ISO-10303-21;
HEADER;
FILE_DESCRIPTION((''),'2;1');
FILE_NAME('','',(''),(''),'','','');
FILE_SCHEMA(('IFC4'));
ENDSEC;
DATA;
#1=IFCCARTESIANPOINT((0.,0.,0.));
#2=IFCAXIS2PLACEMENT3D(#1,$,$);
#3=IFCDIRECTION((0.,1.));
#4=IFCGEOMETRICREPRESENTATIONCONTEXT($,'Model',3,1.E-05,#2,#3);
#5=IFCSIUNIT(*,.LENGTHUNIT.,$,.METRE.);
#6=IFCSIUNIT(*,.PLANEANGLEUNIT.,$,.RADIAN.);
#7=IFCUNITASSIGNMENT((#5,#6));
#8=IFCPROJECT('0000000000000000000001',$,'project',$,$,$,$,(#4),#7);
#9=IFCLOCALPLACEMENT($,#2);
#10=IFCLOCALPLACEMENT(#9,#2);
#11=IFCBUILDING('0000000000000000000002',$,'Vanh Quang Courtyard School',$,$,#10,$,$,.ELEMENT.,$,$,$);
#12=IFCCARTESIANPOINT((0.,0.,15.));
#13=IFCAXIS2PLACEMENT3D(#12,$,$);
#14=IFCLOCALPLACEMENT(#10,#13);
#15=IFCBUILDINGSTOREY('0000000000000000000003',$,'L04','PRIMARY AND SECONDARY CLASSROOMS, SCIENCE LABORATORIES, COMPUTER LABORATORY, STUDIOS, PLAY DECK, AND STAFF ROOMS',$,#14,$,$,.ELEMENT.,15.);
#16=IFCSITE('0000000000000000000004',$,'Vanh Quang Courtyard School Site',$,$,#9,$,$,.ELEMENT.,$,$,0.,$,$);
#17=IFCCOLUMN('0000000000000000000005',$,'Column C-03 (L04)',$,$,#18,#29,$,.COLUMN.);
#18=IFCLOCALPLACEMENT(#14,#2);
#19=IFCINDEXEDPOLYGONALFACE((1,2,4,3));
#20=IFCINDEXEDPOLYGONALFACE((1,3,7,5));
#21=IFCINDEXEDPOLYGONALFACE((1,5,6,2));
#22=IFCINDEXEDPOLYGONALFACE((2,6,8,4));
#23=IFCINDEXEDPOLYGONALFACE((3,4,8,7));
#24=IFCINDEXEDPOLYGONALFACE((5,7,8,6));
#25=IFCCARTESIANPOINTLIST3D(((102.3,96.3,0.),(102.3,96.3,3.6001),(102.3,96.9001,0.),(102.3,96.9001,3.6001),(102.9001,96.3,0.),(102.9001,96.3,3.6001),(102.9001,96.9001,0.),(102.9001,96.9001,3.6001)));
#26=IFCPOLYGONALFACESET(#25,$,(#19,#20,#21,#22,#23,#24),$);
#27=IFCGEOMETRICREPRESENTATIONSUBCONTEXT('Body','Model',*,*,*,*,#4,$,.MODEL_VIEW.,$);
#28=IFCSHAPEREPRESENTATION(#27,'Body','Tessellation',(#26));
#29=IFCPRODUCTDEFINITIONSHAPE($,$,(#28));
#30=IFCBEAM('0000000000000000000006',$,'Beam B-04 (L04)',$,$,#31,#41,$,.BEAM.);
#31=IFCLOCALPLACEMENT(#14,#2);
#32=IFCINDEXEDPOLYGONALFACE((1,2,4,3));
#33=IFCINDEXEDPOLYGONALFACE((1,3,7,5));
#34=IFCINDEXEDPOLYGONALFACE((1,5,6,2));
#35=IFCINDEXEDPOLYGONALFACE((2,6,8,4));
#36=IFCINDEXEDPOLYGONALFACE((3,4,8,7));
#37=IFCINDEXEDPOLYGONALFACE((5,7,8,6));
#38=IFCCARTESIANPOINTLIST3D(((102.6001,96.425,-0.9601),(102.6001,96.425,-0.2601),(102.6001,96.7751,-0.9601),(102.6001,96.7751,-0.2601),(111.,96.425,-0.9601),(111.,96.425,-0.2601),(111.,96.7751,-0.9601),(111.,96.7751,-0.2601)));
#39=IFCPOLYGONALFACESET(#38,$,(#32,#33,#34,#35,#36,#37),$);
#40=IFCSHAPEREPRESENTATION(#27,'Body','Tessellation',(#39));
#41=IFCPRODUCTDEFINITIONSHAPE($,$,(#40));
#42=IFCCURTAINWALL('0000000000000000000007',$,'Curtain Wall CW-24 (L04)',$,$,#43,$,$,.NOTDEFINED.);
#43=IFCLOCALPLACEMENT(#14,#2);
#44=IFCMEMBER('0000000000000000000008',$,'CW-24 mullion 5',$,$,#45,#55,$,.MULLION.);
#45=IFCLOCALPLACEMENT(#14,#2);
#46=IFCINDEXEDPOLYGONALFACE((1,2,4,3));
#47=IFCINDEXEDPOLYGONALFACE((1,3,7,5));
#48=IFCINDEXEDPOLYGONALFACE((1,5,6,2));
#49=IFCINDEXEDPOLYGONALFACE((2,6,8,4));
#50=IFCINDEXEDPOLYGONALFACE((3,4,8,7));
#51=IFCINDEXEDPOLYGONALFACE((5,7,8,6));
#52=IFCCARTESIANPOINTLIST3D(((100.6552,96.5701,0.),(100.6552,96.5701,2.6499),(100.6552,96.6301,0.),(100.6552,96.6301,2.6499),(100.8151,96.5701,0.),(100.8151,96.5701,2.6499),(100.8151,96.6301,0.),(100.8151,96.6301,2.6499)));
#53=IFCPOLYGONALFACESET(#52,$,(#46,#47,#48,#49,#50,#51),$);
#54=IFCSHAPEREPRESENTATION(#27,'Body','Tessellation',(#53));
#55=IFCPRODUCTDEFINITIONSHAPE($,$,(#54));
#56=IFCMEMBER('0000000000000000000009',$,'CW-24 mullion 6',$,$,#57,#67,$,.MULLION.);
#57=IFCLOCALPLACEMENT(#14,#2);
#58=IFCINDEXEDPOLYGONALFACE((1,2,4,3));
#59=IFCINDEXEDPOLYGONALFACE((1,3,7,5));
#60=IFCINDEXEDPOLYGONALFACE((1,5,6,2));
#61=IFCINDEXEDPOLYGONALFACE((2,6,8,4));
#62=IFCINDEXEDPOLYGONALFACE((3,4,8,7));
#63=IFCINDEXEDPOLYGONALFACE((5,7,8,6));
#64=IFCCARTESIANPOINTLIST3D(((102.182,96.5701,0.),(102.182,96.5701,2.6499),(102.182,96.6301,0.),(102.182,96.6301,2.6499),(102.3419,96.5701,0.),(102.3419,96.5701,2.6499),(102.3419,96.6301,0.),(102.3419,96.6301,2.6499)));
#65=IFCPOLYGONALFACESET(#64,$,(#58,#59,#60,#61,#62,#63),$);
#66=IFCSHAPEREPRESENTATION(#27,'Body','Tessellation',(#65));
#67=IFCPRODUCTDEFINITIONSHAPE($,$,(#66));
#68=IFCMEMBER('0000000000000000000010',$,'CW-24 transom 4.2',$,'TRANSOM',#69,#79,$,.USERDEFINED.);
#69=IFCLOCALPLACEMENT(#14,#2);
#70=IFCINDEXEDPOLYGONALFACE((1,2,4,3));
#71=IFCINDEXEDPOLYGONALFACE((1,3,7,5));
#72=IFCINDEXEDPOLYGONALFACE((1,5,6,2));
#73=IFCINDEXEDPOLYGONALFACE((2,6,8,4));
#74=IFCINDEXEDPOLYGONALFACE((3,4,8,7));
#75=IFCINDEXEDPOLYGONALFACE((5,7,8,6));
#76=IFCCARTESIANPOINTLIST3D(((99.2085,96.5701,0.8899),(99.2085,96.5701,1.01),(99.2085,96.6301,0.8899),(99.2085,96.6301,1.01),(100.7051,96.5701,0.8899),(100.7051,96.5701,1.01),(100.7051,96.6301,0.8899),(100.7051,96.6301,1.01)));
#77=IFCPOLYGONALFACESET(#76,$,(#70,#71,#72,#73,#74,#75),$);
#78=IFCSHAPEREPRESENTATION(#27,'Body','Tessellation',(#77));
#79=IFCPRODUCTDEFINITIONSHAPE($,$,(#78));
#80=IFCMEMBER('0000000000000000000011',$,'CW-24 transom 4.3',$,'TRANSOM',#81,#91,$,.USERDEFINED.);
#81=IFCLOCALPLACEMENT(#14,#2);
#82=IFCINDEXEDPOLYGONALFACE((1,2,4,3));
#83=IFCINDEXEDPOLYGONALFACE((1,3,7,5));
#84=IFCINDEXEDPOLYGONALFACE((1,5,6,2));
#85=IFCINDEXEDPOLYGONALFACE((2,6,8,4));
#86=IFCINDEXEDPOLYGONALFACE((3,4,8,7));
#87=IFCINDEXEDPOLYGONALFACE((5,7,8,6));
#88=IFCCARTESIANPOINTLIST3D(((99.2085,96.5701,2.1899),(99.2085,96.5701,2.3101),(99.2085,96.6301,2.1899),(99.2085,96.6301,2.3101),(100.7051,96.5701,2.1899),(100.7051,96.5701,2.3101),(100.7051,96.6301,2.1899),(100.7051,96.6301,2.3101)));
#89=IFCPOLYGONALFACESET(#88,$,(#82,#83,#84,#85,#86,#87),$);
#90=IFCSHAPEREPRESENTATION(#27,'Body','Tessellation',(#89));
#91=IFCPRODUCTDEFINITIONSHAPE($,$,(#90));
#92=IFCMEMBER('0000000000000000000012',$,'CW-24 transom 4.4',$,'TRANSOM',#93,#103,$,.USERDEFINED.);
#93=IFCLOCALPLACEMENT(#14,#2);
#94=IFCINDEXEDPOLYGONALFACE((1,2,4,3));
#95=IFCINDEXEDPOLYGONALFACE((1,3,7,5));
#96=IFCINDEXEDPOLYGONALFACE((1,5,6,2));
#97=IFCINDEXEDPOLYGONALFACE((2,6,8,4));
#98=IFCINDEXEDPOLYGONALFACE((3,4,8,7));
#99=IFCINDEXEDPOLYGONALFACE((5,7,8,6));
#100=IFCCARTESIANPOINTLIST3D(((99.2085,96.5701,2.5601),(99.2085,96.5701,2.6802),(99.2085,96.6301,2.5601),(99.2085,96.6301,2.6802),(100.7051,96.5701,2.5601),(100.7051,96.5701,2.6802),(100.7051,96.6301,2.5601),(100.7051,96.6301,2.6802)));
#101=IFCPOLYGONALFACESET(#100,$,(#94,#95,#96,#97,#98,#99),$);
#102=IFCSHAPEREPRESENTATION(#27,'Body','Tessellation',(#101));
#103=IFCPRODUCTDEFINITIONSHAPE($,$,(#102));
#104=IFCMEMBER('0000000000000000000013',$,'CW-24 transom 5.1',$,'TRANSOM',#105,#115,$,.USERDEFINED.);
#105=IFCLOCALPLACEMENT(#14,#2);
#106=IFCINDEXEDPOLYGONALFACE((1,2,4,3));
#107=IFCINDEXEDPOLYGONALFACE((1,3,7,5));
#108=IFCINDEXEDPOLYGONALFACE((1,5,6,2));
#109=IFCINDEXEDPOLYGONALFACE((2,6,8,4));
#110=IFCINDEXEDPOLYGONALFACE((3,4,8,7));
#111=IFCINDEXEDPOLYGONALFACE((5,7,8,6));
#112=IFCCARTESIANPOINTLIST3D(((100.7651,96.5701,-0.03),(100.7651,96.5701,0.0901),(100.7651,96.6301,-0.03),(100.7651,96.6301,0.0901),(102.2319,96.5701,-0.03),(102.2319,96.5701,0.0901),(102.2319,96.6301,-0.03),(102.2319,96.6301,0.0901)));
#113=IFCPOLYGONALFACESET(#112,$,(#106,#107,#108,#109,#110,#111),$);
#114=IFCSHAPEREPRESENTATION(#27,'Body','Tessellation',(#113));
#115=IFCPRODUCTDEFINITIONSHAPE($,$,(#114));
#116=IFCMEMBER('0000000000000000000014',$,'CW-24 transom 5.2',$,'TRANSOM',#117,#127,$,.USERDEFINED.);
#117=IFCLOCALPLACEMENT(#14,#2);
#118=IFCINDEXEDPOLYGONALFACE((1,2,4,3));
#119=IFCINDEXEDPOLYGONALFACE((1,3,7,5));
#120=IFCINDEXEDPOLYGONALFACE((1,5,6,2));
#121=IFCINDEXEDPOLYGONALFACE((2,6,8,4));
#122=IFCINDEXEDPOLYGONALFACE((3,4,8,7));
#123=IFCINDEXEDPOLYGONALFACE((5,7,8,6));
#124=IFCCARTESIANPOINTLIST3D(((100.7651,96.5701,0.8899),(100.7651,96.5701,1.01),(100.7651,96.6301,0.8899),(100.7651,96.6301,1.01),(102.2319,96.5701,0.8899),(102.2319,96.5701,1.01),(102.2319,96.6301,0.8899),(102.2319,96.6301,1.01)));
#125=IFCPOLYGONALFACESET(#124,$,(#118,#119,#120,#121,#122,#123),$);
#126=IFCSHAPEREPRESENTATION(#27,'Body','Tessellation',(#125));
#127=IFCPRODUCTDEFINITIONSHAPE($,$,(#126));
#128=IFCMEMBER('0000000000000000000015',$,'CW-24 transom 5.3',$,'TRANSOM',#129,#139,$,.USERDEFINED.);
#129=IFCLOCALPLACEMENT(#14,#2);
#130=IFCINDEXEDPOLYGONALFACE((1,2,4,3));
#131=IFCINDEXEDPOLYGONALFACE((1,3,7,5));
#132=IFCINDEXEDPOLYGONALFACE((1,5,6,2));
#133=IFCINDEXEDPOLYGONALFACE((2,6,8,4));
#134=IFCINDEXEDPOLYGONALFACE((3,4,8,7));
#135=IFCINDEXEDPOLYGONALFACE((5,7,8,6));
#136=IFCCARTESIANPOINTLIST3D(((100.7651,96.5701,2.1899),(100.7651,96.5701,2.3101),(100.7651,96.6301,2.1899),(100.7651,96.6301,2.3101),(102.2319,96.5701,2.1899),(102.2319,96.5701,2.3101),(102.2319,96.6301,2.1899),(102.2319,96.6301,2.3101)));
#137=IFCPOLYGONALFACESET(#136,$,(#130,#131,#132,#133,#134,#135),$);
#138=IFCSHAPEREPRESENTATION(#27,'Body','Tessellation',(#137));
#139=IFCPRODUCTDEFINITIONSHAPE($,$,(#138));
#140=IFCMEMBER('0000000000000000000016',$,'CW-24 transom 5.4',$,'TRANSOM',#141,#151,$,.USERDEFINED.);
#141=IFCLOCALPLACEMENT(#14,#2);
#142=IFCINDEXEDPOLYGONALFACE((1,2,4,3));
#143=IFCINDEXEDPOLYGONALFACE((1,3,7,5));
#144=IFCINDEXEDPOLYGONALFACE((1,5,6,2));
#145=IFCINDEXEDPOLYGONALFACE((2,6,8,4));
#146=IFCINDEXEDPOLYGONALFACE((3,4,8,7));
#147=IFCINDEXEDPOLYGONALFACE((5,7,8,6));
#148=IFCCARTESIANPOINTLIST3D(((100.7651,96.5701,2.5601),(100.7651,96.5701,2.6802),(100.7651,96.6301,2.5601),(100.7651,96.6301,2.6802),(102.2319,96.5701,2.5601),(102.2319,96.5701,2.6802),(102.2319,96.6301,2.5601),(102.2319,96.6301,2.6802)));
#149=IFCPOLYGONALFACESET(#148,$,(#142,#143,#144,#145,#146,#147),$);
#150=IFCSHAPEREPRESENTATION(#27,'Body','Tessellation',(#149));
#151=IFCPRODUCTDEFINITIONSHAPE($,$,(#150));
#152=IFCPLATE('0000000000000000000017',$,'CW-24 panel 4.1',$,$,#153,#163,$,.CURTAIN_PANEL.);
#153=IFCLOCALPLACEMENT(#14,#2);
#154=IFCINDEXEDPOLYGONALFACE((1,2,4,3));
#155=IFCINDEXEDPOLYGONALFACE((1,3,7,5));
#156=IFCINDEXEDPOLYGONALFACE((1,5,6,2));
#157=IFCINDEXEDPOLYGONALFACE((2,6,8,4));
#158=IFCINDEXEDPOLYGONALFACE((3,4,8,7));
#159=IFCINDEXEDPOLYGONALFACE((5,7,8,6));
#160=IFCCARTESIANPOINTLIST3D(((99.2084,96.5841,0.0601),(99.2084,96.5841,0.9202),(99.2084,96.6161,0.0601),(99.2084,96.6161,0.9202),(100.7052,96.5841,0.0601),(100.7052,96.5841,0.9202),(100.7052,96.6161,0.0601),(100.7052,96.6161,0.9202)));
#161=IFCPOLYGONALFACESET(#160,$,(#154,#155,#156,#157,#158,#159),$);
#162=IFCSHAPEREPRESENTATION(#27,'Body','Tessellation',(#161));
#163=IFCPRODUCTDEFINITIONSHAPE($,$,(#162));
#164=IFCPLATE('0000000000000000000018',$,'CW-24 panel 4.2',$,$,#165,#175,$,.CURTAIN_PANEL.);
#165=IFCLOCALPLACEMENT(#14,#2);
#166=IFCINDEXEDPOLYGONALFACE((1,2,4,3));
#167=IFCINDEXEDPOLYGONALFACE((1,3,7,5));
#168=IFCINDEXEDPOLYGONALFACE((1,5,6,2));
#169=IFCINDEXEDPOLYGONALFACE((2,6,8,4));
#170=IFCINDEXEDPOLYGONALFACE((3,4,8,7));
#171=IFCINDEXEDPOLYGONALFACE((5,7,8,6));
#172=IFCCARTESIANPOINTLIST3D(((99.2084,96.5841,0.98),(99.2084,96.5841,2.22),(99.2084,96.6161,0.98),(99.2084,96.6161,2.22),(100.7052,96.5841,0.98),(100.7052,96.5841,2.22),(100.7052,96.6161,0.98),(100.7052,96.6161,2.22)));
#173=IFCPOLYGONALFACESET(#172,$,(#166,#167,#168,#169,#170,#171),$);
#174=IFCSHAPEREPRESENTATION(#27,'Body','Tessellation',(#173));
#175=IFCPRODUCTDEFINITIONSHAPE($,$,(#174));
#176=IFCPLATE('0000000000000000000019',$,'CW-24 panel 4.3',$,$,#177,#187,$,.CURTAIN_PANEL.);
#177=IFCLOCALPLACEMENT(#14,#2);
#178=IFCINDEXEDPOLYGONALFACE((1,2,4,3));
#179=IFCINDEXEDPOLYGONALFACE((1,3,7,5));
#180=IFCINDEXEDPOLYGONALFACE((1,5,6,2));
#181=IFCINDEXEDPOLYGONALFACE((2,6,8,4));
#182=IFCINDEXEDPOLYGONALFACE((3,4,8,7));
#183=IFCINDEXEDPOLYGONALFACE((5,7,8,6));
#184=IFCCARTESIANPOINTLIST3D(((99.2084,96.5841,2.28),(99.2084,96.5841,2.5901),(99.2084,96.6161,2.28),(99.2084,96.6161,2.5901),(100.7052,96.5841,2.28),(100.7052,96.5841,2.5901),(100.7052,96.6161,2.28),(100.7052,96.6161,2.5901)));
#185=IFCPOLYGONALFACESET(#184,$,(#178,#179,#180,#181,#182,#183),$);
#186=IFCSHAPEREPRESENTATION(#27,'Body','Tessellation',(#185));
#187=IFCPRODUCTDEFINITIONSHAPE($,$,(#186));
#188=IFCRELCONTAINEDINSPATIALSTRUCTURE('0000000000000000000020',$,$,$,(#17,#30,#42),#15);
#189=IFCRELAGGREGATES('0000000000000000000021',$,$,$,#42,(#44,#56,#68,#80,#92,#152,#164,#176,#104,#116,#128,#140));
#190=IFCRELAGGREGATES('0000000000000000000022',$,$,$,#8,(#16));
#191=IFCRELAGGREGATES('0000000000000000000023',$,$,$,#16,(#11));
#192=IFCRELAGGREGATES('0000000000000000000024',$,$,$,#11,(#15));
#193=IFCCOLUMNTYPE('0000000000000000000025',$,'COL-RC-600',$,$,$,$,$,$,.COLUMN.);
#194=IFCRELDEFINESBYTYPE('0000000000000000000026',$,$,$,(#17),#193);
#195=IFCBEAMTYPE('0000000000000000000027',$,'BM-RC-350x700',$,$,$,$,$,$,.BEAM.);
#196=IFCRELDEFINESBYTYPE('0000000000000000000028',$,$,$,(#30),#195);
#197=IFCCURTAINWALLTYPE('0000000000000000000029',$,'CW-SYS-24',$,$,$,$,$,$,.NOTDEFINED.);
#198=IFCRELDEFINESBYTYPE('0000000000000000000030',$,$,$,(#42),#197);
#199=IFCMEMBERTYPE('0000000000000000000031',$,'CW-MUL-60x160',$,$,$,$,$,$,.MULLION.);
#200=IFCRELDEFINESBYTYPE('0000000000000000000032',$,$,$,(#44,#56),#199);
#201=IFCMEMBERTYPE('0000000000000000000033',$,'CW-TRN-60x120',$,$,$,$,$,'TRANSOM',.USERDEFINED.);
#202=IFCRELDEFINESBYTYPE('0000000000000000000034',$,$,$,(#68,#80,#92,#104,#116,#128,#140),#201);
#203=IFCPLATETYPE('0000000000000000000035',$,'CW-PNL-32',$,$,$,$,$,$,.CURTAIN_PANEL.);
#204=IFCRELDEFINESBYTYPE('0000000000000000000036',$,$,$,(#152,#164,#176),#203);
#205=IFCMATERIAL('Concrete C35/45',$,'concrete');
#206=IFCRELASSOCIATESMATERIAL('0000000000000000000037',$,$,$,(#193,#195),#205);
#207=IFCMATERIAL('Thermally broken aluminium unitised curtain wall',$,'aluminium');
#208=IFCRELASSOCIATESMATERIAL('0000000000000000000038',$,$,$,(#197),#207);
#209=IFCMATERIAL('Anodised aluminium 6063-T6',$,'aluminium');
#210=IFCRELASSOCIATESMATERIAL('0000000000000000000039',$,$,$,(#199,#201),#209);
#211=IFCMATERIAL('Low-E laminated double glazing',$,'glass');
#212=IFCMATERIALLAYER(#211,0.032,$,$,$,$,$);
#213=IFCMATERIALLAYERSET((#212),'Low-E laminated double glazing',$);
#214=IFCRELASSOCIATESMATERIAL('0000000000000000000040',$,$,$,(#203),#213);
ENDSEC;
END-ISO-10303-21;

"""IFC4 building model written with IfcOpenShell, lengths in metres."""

from ifc_helpers import new_model, si_unit, direction, frame, origin, origin_2d, place, context, subcontext, project, spatial, rectangle, extrude, material, layer, layer_set, material_profile, profile_set, type_object, element, aggregate, save


model = new_model("IFC4")

# Units and contexts
model_context = context("Model", 3, precision=1e-05, world=origin(), true_north=direction((0.0, 1.0)))
body_context = subcontext(model_context, "Body", "Model", "MODEL_VIEW")
ifc_project = project(units=[si_unit("LENGTHUNIT", "METRE"), si_unit("PLANEANGLEUNIT", "RADIAN")], contexts=[model_context])

# Site, building, storey
site_placement = place(None, origin())
site = spatial("IfcSite", under=ifc_project, at=site_placement, Name="Vanh Quang Courtyard School Site", CompositionType="ELEMENT", RefElevation=0.0)
building_placement = place(site_placement, origin())
building = spatial("IfcBuilding", under=site, at=building_placement, Name="Vanh Quang Courtyard School", CompositionType="ELEMENT")
storey_placement = place(building_placement, frame((0.0, 0.0, 15.0)))
storey = spatial("IfcBuildingStorey", under=building, at=storey_placement, Name="L04", Description="PRIMARY AND SECONDARY CLASSROOMS, SCIENCE LABORATORIES, COMPUTER LABORATORY, STUDIOS, PLAY DECK, AND STAFF ROOMS", CompositionType="ELEMENT", Elevation=15.0)

# Column
ifc_material_1 = material(Name="Concrete C35/45", Category="concrete")
ifc_material_profile_1 = material_profile(ifc_material_1, rectangle(XDim=0.6001, YDim=0.6001, at=origin_2d()), Name="RC-COL 600x600")
ifc_profile_set_1 = profile_set([ifc_material_profile_1], Name="Concrete C35/45")
column_type = type_object("IfcColumnType", Name="COL-RC-600", PredefinedType="COLUMN", material=ifc_profile_set_1)
column_placement = place(storey_placement, frame((102.6001, 96.6001, 0.0), z_axis=(0.0, 0.0, 1.0), x_axis=(1.0, 0.0, 0.0)))
element("IfcColumn", 1, at=column_placement, inside=storey, type_object=column_type, Name="Column C-03 (L04)", PredefinedType="COLUMN", context=body_context, shape_type="SweptSolid", body=[
    extrude(rectangle(XDim=0.6001, YDim=0.6001, at=origin_2d()), origin(), (0.0, 0.0, 1.0), 3.6001),
])

# Beam
ifc_material_profile_2 = material_profile(ifc_material_1, rectangle(XDim=0.3501, YDim=0.7, at=origin_2d()), Name="RC-BM 350x700")
ifc_profile_set_2 = profile_set([ifc_material_profile_2], Name="Concrete C35/45")
beam_type = type_object("IfcBeamType", Name="BM-RC-350x700", PredefinedType="BEAM", material=ifc_profile_set_2)
beam_placement = place(storey_placement, frame((102.6001, 96.6001, -0.6101), z_axis=(1.0, 0.0, 0.0), x_axis=(0.0, 1.0, 0.0)))
element("IfcBeam", 2, at=beam_placement, inside=storey, type_object=beam_type, Name="Beam B-04 (L04)", PredefinedType="BEAM", context=body_context, shape_type="SweptSolid", body=[
    extrude(rectangle(XDim=0.3501, YDim=0.7, at=origin_2d()), origin(), (0.0, 0.0, 1.0), 8.3999),
])

# Curtain wall, members, plates
ifc_material_2 = material(Name="Thermally broken aluminium unitised curtain wall", Category="aluminium")
curtain_wall_type = type_object("IfcCurtainWallType", Name="CW-SYS-24", PredefinedType="NOTDEFINED", material=ifc_material_2)
curtain_wall_placement = place(storey_placement, origin())
curtain_wall = element("IfcCurtainWall", 3, at=curtain_wall_placement, inside=storey, type_object=curtain_wall_type, Name="Curtain Wall CW-24 (L04)", PredefinedType="NOTDEFINED")
ifc_material_3 = material(Name="Anodised aluminium 6063-T6", Category="aluminium")
ifc_material_profile_3 = material_profile(ifc_material_3, rectangle(XDim=0.0601, YDim=0.1599, at=origin_2d()), Name="ALU-MUL 60x160")
ifc_profile_set_3 = profile_set([ifc_material_profile_3], Name="Anodised aluminium 6063-T6")
member_type_1 = type_object("IfcMemberType", Name="CW-MUL-60x160", PredefinedType="MULLION", material=ifc_profile_set_3)
member_1_placement = place(storey_placement, frame((100.7351, 96.6001, 0.0), z_axis=(0.0, 0.0, 1.0), x_axis=(0.0, 1.0, 0.0)))
member_1 = element("IfcMember", 4, at=member_1_placement, type_object=member_type_1, Name="CW-24 mullion 5", PredefinedType="MULLION", context=body_context, shape_type="SweptSolid", body=[
    extrude(rectangle(XDim=0.0601, YDim=0.1599, at=origin_2d()), origin(), (0.0, 0.0, 1.0), 2.6499),
])
member_2_placement = place(storey_placement, frame((102.262, 96.6001, 0.0), z_axis=(0.0, 0.0, 1.0), x_axis=(0.0, 1.0, 0.0)))
member_2 = element("IfcMember", 5, at=member_2_placement, type_object=member_type_1, Name="CW-24 mullion 6", PredefinedType="MULLION", context=body_context, shape_type="SweptSolid", body=[
    extrude(rectangle(XDim=0.0601, YDim=0.1599, at=origin_2d()), origin(), (0.0, 0.0, 1.0), 2.6499),
])
ifc_material_profile_4 = material_profile(ifc_material_3, rectangle(XDim=0.0601, YDim=0.1201, at=origin_2d()), Name="ALU-TRN 60x120")
ifc_profile_set_4 = profile_set([ifc_material_profile_4], Name="Anodised aluminium 6063-T6")
member_type_2 = type_object("IfcMemberType", Name="CW-TRN-60x120", ElementType="TRANSOM", PredefinedType="USERDEFINED", material=ifc_profile_set_4)
member_3_placement = place(storey_placement, frame((99.2085, 96.6001, 0.95), z_axis=(1.0, 0.0, 0.0), x_axis=(0.0, 1.0, 0.0)))
member_3 = element("IfcMember", 6, at=member_3_placement, type_object=member_type_2, Name="CW-24 transom 4.2", ObjectType="TRANSOM", PredefinedType="USERDEFINED", context=body_context, shape_type="SweptSolid", body=[
    extrude(rectangle(XDim=0.0601, YDim=0.1201, at=origin_2d()), origin(), (0.0, 0.0, 1.0), 1.4966),
])
member_4_placement = place(storey_placement, frame((99.2085, 96.6001, 2.25), z_axis=(1.0, 0.0, 0.0), x_axis=(0.0, 1.0, 0.0)))
member_4 = element("IfcMember", 7, at=member_4_placement, type_object=member_type_2, Name="CW-24 transom 4.3", ObjectType="TRANSOM", PredefinedType="USERDEFINED", context=body_context, shape_type="SweptSolid", body=[
    extrude(rectangle(XDim=0.0601, YDim=0.1201, at=origin_2d()), origin(), (0.0, 0.0, 1.0), 1.4966),
])
member_5_placement = place(storey_placement, frame((99.2085, 96.6001, 2.6201), z_axis=(1.0, 0.0, 0.0), x_axis=(0.0, 1.0, 0.0)))
member_5 = element("IfcMember", 8, at=member_5_placement, type_object=member_type_2, Name="CW-24 transom 4.4", ObjectType="TRANSOM", PredefinedType="USERDEFINED", context=body_context, shape_type="SweptSolid", body=[
    extrude(rectangle(XDim=0.0601, YDim=0.1201, at=origin_2d()), origin(), (0.0, 0.0, 1.0), 1.4966),
])
member_6_placement = place(storey_placement, frame((100.7651, 96.6001, 0.03), z_axis=(1.0, 0.0, 0.0), x_axis=(0.0, 1.0, 0.0)))
member_6 = element("IfcMember", 9, at=member_6_placement, type_object=member_type_2, Name="CW-24 transom 5.1", ObjectType="TRANSOM", PredefinedType="USERDEFINED", context=body_context, shape_type="SweptSolid", body=[
    extrude(rectangle(XDim=0.0601, YDim=0.1201, at=origin_2d()), origin(), (0.0, 0.0, 1.0), 1.4668),
])
member_7_placement = place(storey_placement, frame((100.7651, 96.6001, 0.95), z_axis=(1.0, 0.0, 0.0), x_axis=(0.0, 1.0, 0.0)))
member_7 = element("IfcMember", 10, at=member_7_placement, type_object=member_type_2, Name="CW-24 transom 5.2", ObjectType="TRANSOM", PredefinedType="USERDEFINED", context=body_context, shape_type="SweptSolid", body=[
    extrude(rectangle(XDim=0.0601, YDim=0.1201, at=origin_2d()), origin(), (0.0, 0.0, 1.0), 1.4668),
])
member_8_placement = place(storey_placement, frame((100.7651, 96.6001, 2.25), z_axis=(1.0, 0.0, 0.0), x_axis=(0.0, 1.0, 0.0)))
member_8 = element("IfcMember", 11, at=member_8_placement, type_object=member_type_2, Name="CW-24 transom 5.3", ObjectType="TRANSOM", PredefinedType="USERDEFINED", context=body_context, shape_type="SweptSolid", body=[
    extrude(rectangle(XDim=0.0601, YDim=0.1201, at=origin_2d()), origin(), (0.0, 0.0, 1.0), 1.4668),
])
member_9_placement = place(storey_placement, frame((100.7651, 96.6001, 2.6201), z_axis=(1.0, 0.0, 0.0), x_axis=(0.0, 1.0, 0.0)))
member_9 = element("IfcMember", 12, at=member_9_placement, type_object=member_type_2, Name="CW-24 transom 5.4", ObjectType="TRANSOM", PredefinedType="USERDEFINED", context=body_context, shape_type="SweptSolid", body=[
    extrude(rectangle(XDim=0.0601, YDim=0.1201, at=origin_2d()), origin(), (0.0, 0.0, 1.0), 1.4668),
])
ifc_material_4 = material(Name="Low-E laminated double glazing", Category="glass")
ifc_layer_1 = layer(ifc_material_4, 0.032)
ifc_layer_set_1 = layer_set([ifc_layer_1], Name="Low-E laminated double glazing")
plate_type = type_object("IfcPlateType", Name="CW-PNL-32", PredefinedType="CURTAIN_PANEL", material=ifc_layer_set_1)
plate_1_placement = place(storey_placement, frame((99.9568, 96.6001, 0.0601), z_axis=(0.0, 0.0, 1.0), x_axis=(1.0, 0.0, 0.0)))
plate_1 = element("IfcPlate", 13, at=plate_1_placement, type_object=plate_type, Name="CW-24 panel 4.1", PredefinedType="CURTAIN_PANEL", context=body_context, shape_type="SweptSolid", body=[
    extrude(rectangle(XDim=1.4968, YDim=0.032, at=origin_2d()), origin(), (0.0, 0.0, 1.0), 0.8601),
])
plate_2_placement = place(storey_placement, frame((99.9568, 96.6001, 0.98), z_axis=(0.0, 0.0, 1.0), x_axis=(1.0, 0.0, 0.0)))
plate_2 = element("IfcPlate", 14, at=plate_2_placement, type_object=plate_type, Name="CW-24 panel 4.2", PredefinedType="CURTAIN_PANEL", context=body_context, shape_type="SweptSolid", body=[
    extrude(rectangle(XDim=1.4968, YDim=0.032, at=origin_2d()), origin(), (0.0, 0.0, 1.0), 1.24),
])
plate_3_placement = place(storey_placement, frame((99.9568, 96.6001, 2.28), z_axis=(0.0, 0.0, 1.0), x_axis=(1.0, 0.0, 0.0)))
plate_3 = element("IfcPlate", 15, at=plate_3_placement, type_object=plate_type, Name="CW-24 panel 4.3", PredefinedType="CURTAIN_PANEL", context=body_context, shape_type="SweptSolid", body=[
    extrude(rectangle(XDim=1.4968, YDim=0.032, at=origin_2d()), origin(), (0.0, 0.0, 1.0), 0.3101),
])
aggregate(curtain_wall, [member_1, member_2, member_3, member_4, member_5, plate_1, plate_2, plate_3, member_6, member_7, member_8, member_9])

save(model, "model.ifc")
